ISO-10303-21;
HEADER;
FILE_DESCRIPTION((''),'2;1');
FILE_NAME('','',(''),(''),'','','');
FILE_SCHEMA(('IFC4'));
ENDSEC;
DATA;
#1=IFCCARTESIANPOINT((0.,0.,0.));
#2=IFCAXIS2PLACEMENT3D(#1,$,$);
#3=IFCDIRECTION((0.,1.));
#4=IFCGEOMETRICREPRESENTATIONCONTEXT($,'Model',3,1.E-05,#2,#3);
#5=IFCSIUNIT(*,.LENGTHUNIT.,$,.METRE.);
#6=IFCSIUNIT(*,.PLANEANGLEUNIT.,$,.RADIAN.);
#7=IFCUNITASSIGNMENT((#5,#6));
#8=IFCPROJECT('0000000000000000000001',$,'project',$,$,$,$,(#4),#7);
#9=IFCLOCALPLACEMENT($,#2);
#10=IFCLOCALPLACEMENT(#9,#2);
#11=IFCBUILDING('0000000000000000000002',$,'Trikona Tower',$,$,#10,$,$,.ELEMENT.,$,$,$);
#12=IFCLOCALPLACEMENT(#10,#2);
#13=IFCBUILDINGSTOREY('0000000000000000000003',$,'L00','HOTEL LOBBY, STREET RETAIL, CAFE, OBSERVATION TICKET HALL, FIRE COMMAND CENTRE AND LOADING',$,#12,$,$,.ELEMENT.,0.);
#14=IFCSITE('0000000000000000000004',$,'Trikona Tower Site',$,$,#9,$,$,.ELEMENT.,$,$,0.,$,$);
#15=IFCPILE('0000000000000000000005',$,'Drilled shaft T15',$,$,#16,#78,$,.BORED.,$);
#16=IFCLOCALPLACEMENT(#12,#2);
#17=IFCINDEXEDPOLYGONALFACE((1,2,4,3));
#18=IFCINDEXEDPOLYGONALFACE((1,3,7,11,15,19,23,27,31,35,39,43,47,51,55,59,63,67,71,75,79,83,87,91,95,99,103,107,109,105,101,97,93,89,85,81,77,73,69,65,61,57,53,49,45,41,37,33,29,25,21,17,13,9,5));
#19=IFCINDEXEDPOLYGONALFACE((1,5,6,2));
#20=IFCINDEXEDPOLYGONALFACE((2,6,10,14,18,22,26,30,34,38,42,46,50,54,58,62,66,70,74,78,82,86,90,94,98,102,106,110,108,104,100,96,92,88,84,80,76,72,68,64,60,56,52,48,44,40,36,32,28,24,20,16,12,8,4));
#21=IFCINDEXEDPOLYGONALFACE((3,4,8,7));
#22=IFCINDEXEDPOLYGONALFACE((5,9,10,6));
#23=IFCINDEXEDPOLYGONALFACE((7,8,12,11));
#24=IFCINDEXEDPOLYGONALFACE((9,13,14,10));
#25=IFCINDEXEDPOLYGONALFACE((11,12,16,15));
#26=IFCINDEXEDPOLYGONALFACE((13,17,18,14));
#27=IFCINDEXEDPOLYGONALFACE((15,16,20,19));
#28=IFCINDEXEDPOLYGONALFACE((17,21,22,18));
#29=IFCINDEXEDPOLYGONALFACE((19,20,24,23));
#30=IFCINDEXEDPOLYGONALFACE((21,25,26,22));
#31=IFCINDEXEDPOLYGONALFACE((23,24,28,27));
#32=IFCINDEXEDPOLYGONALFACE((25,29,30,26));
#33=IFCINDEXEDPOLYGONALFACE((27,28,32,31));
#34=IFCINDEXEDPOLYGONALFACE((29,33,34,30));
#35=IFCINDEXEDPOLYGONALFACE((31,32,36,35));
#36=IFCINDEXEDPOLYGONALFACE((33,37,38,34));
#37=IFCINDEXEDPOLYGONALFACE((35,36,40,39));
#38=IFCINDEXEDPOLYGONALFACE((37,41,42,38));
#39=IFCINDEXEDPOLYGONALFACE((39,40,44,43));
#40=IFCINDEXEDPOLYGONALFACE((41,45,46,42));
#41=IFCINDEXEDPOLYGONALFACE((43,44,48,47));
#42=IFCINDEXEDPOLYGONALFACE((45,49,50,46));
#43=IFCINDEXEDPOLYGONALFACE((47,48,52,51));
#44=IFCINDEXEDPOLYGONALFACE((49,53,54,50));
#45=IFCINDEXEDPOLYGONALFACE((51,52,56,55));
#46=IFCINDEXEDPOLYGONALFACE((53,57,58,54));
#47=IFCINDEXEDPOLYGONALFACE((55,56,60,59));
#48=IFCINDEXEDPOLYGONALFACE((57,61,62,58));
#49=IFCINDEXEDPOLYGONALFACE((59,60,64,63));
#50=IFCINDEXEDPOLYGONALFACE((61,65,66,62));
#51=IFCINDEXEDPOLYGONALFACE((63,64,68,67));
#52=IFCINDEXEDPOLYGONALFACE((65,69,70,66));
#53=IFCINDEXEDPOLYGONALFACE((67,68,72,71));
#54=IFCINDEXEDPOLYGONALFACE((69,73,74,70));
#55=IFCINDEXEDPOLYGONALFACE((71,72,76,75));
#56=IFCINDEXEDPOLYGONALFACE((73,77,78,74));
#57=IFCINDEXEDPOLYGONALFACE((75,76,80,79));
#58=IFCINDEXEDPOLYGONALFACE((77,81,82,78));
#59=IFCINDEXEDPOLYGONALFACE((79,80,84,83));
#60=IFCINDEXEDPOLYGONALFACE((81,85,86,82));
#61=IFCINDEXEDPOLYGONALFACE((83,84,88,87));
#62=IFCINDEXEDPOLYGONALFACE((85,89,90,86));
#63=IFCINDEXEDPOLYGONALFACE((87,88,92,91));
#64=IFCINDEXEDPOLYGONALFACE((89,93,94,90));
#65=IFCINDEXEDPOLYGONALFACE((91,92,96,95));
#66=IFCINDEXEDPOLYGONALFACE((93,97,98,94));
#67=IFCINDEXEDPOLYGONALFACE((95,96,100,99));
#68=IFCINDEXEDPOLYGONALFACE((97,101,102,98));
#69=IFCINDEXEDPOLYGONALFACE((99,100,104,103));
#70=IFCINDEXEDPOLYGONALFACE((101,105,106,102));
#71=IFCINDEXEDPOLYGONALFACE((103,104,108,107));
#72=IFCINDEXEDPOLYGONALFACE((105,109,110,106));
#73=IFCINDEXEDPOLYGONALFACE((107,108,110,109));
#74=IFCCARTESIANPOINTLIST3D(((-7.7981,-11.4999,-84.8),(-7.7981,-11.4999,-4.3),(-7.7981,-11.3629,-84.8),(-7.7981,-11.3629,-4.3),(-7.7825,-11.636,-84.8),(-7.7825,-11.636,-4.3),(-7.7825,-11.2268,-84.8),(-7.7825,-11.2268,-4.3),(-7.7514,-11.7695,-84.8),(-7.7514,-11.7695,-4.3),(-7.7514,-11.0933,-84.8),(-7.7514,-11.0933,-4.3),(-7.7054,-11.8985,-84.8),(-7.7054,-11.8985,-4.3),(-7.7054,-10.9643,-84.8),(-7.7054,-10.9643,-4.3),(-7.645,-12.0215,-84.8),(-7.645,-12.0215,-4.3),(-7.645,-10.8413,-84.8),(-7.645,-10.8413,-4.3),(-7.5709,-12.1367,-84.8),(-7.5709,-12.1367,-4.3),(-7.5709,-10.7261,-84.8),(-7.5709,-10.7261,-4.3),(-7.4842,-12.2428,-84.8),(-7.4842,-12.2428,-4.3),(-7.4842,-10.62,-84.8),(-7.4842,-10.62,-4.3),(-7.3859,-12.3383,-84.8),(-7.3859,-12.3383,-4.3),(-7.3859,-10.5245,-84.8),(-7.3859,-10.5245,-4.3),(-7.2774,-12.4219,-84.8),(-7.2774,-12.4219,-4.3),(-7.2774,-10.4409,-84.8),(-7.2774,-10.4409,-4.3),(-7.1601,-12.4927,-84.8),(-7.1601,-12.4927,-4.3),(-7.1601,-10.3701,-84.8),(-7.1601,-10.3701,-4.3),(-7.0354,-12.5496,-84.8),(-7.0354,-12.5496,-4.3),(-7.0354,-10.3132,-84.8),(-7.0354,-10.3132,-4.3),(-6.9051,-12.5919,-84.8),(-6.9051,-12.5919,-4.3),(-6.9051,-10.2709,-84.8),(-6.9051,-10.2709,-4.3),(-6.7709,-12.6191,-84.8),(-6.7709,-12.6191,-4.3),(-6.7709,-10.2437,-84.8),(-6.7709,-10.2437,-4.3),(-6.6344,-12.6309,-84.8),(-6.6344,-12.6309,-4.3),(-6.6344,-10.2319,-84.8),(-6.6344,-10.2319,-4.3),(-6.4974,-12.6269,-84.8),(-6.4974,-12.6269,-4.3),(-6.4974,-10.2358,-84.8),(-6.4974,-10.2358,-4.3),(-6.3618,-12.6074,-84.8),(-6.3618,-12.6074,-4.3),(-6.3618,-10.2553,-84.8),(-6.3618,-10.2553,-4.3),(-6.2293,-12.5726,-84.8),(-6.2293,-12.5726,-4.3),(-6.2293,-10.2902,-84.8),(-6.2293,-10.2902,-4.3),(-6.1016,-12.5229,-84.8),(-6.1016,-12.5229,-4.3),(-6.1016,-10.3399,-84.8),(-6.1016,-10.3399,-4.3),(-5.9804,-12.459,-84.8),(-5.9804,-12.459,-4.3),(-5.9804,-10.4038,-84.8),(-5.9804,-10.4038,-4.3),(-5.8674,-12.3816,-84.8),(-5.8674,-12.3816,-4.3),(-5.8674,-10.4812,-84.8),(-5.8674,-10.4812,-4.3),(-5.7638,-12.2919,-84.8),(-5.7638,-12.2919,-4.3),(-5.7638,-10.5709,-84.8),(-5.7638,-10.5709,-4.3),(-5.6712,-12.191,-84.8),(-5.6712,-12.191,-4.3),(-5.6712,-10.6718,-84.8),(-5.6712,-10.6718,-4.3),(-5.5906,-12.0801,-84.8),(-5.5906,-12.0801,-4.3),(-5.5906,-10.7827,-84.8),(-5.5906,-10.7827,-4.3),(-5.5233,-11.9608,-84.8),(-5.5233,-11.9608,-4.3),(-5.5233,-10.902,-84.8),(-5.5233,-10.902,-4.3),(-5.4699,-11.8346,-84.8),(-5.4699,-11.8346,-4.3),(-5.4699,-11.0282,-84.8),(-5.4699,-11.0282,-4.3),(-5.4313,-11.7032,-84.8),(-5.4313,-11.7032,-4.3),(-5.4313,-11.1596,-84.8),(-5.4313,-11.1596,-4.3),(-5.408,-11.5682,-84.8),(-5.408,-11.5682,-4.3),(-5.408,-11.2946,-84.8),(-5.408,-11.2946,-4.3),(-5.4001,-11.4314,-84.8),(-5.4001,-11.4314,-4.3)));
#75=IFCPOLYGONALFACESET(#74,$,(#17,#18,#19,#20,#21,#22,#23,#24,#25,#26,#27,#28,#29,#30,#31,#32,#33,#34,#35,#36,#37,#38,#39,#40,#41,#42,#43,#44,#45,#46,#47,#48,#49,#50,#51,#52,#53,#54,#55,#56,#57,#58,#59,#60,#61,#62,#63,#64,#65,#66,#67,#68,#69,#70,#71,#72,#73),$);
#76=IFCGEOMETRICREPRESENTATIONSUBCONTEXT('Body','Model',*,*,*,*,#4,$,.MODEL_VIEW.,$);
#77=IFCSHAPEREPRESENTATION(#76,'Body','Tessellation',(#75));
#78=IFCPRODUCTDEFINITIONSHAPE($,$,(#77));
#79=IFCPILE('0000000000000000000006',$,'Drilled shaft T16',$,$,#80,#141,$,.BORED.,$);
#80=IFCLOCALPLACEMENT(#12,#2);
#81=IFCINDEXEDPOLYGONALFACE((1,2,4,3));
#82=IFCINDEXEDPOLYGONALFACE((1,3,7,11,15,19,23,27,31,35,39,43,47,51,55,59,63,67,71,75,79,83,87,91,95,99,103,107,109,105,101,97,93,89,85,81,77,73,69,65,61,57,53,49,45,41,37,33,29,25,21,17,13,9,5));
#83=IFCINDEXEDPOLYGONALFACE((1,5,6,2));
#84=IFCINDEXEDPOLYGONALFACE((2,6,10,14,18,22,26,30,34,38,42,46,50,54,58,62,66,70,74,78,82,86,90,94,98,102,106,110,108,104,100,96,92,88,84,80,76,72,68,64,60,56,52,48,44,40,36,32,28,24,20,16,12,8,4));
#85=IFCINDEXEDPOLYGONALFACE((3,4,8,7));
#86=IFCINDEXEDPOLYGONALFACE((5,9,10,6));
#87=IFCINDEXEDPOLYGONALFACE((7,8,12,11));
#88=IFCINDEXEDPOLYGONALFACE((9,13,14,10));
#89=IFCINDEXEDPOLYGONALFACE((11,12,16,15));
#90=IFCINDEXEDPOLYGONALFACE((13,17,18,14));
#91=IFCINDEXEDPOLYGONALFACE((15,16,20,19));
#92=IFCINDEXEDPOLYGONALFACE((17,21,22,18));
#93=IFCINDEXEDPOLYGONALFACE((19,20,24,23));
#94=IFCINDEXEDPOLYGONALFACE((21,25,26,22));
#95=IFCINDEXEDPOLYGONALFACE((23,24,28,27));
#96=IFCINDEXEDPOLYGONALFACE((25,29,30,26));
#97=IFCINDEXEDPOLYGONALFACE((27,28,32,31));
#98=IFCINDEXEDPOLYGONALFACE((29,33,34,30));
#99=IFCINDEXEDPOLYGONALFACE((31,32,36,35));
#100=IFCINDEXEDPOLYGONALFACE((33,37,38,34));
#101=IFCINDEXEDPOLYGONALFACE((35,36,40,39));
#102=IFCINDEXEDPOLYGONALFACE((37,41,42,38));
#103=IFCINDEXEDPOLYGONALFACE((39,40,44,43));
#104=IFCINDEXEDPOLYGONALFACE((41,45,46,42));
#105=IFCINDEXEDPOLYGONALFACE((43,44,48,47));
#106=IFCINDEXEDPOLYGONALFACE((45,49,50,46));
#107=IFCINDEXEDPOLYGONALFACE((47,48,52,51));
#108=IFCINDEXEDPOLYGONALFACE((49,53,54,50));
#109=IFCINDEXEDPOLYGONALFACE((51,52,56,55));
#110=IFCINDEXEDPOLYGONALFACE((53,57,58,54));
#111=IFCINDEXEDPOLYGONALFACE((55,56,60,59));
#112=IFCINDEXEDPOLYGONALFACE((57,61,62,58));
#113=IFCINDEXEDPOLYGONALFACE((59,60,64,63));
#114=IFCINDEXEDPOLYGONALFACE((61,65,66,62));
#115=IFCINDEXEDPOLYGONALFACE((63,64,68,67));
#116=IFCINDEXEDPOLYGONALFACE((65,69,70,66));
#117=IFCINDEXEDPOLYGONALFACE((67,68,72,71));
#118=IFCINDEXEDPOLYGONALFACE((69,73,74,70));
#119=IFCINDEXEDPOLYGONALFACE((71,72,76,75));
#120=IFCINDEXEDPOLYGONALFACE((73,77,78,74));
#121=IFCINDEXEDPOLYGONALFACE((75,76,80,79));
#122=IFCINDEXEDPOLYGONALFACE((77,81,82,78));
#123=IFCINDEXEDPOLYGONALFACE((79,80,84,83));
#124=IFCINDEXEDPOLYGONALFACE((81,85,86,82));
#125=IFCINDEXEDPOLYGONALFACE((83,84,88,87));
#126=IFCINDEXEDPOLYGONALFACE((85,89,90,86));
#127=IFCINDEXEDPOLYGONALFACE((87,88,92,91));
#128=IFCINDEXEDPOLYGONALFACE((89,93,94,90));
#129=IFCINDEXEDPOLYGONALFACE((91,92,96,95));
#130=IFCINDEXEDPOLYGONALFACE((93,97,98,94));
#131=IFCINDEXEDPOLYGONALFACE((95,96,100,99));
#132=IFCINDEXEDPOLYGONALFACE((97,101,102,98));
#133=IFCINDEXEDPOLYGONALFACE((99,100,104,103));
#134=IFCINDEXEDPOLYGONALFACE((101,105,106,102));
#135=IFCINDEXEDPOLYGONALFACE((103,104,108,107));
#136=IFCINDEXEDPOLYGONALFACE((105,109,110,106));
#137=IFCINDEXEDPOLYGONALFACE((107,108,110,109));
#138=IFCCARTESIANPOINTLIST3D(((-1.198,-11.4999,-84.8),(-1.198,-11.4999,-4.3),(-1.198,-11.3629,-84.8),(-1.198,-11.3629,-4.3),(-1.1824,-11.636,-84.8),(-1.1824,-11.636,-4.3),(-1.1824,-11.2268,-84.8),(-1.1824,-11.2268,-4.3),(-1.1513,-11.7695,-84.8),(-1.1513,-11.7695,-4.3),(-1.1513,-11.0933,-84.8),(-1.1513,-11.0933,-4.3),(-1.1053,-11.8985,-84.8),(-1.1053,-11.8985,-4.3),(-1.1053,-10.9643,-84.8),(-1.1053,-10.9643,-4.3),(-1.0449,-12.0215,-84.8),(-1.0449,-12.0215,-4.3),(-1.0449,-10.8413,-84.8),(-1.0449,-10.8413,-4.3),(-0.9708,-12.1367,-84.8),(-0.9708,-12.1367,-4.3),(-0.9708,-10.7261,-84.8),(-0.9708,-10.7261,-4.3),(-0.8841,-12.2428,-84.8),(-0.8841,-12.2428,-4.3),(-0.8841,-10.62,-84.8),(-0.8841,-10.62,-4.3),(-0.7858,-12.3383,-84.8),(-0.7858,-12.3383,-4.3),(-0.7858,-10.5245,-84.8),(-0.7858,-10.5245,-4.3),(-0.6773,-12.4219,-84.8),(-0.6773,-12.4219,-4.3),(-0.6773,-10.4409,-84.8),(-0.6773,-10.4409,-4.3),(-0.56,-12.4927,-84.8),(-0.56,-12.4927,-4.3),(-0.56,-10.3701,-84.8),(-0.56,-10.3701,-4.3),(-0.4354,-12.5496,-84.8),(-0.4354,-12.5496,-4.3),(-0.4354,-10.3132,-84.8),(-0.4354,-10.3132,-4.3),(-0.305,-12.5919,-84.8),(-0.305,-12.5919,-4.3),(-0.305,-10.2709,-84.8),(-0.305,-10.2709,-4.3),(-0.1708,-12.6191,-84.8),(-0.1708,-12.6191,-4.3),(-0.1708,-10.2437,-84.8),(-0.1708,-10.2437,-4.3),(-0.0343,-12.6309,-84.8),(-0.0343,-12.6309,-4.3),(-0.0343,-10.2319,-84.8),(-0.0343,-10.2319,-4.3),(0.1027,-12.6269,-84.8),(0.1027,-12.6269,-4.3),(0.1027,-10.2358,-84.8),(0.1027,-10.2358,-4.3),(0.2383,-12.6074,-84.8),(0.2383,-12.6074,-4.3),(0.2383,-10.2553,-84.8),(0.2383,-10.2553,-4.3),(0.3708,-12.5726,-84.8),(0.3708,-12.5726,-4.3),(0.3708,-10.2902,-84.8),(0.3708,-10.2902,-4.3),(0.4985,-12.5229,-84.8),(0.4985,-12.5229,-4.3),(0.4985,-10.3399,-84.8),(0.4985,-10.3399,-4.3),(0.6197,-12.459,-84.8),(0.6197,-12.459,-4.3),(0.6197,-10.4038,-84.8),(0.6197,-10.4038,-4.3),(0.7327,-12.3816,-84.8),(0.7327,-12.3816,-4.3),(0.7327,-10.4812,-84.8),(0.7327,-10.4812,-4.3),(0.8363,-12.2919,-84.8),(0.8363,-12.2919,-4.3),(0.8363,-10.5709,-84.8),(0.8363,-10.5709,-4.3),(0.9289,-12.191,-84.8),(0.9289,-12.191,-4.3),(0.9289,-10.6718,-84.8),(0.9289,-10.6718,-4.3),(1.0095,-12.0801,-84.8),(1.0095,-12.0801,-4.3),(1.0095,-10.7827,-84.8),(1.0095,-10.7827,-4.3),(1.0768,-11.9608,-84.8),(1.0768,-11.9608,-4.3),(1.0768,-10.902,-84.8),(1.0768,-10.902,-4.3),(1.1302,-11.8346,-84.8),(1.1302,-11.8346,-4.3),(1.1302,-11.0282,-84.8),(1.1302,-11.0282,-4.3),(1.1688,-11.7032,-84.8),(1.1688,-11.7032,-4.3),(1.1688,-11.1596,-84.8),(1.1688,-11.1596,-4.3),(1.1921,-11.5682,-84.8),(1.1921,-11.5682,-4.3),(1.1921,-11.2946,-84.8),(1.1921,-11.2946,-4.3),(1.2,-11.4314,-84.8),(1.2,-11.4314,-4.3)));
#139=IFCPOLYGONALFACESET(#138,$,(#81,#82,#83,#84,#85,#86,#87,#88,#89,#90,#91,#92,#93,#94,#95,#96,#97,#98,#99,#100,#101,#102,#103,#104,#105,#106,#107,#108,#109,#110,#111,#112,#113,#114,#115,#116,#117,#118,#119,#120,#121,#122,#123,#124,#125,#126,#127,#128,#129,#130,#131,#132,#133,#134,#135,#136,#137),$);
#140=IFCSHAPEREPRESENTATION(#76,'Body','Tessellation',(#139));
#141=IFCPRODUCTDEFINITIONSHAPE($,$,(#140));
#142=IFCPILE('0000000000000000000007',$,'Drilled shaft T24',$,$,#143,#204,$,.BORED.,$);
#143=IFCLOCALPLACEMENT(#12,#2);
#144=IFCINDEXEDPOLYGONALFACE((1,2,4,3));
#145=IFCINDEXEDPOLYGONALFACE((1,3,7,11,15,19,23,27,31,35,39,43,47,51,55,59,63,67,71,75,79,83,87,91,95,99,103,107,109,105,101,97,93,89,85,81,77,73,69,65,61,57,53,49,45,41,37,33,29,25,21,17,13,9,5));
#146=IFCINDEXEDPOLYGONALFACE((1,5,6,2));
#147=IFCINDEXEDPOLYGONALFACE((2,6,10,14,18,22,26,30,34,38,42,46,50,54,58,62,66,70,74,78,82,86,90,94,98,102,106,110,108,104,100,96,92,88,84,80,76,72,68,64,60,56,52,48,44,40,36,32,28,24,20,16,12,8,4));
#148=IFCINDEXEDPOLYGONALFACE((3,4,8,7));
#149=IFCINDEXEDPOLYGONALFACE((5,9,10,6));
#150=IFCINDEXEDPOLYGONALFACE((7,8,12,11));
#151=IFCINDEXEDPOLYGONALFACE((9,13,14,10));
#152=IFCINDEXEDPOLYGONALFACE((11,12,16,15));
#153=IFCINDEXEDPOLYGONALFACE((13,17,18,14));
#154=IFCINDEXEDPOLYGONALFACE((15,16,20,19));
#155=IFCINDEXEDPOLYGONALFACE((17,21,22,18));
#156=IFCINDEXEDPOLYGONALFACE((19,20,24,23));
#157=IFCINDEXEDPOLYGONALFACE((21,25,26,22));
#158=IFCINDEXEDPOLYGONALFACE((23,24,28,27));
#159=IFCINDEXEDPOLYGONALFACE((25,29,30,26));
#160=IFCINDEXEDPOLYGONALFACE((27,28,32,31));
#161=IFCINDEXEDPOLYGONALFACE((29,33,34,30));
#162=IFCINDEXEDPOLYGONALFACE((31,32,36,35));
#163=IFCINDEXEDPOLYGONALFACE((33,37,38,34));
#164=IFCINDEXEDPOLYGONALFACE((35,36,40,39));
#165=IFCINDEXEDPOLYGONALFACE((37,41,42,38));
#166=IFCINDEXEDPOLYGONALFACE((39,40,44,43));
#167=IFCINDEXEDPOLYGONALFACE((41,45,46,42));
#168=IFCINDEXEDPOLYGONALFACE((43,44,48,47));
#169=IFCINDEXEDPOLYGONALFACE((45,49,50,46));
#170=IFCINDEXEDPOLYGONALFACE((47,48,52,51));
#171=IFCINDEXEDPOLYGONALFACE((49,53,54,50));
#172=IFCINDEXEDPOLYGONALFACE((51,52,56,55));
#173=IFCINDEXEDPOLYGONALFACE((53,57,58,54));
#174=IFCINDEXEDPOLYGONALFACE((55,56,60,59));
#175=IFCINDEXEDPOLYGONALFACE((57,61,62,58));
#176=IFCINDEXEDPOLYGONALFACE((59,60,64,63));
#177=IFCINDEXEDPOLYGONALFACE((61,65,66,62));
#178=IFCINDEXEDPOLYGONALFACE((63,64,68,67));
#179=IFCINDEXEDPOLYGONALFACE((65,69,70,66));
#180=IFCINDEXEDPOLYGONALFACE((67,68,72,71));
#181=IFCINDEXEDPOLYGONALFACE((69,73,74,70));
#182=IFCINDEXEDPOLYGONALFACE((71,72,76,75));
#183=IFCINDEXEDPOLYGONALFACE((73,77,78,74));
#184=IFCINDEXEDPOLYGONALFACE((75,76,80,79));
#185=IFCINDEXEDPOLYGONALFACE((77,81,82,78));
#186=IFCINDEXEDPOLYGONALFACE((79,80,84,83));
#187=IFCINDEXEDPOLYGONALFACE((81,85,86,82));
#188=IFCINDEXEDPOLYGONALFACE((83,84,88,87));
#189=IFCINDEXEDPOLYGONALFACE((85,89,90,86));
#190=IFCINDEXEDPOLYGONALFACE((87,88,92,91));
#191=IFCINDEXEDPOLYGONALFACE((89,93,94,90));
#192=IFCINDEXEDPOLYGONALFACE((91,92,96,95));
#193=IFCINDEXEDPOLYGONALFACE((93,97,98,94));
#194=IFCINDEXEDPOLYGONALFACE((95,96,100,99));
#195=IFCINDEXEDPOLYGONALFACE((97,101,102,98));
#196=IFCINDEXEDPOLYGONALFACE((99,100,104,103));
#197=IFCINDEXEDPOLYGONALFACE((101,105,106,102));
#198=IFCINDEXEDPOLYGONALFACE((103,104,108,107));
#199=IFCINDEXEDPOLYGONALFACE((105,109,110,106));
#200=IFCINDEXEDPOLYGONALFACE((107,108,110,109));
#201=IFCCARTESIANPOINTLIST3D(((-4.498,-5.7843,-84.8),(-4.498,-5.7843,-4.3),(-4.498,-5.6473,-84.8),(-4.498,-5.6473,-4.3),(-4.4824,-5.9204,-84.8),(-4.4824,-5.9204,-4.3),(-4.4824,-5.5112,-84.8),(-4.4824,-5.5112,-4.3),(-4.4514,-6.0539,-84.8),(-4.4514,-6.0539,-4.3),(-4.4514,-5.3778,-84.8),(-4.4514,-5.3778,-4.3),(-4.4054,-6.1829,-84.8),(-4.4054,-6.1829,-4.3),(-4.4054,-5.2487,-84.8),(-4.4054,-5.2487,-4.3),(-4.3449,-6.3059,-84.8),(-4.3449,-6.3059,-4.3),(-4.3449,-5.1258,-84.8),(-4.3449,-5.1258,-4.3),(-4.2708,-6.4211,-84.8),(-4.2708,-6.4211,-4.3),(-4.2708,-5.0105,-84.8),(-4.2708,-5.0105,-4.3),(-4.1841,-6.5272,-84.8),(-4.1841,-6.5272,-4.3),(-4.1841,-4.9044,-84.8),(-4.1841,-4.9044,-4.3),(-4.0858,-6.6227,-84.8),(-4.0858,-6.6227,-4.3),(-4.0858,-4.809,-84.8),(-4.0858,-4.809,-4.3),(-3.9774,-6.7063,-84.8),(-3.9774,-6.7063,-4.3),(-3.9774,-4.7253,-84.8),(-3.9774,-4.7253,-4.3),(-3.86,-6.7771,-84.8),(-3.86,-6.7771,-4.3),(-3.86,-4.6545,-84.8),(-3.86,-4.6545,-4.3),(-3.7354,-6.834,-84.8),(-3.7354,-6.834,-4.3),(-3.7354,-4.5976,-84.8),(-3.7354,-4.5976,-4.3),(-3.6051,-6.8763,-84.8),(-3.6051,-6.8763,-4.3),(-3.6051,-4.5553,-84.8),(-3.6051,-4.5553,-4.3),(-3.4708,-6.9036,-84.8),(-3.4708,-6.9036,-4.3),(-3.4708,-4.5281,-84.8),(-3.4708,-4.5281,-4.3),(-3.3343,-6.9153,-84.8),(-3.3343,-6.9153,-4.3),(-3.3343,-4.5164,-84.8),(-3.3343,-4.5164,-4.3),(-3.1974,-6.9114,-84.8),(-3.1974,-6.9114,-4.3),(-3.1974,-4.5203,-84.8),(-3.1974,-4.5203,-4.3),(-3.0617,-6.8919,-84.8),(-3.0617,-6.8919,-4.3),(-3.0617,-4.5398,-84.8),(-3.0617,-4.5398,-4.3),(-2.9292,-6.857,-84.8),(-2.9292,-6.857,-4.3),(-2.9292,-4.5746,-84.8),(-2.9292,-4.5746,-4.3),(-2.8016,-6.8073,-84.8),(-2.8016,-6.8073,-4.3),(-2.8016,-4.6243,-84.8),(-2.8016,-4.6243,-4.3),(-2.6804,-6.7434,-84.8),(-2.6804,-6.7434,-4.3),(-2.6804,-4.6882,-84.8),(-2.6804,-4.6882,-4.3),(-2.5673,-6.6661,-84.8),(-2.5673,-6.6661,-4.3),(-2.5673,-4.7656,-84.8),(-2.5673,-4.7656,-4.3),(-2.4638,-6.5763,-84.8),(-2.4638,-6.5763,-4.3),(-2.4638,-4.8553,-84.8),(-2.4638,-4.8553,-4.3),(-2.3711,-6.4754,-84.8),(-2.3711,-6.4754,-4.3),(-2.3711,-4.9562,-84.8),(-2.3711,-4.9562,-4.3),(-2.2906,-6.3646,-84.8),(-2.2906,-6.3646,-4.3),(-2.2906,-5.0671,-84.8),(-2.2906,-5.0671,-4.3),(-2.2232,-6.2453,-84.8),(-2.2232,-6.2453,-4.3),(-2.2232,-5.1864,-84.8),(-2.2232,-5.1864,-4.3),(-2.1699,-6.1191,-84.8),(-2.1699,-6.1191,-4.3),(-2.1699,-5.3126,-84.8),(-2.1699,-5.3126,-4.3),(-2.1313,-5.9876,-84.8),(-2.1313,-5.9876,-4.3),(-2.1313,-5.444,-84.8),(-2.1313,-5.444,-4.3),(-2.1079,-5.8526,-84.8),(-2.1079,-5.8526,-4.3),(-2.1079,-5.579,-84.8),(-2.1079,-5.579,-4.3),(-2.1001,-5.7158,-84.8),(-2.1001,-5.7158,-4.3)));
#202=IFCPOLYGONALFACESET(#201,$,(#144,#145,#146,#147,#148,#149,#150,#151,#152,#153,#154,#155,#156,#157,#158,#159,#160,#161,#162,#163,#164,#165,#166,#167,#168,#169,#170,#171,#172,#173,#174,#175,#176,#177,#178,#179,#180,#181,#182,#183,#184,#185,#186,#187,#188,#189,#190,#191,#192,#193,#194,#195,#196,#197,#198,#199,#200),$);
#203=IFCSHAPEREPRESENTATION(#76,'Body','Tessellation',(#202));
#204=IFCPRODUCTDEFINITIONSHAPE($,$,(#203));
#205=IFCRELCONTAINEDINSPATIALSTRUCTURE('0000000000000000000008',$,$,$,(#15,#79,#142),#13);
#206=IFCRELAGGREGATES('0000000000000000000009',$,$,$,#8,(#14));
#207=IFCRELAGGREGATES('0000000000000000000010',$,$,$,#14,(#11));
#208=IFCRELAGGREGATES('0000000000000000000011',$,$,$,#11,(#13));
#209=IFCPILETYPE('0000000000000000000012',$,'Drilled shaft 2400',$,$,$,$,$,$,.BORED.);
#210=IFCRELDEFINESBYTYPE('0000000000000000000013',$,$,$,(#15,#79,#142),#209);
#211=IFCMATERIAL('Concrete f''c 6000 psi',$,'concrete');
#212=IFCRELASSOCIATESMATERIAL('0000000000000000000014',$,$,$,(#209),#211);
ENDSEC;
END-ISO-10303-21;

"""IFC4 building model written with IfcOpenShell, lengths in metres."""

from ifc_helpers import new_model, si_unit, direction, frame, origin, origin_2d, place, context, subcontext, project, spatial, circle, extrude, material, type_object, element, save


model = new_model("IFC4")

# Units and contexts
model_context = context("Model", 3, precision=1e-05, world=origin(), true_north=direction((0.0, 1.0)))
body_context = subcontext(model_context, "Body", "Model", "MODEL_VIEW")
ifc_project = project(units=[si_unit("LENGTHUNIT", "METRE"), si_unit("PLANEANGLEUNIT", "RADIAN")], contexts=[model_context])

# Site, building, storey
site_placement = place(None, origin())
site = spatial("IfcSite", under=ifc_project, at=site_placement, Name="Trikona Tower Site", CompositionType="ELEMENT", RefElevation=0.0)
building_placement = place(site_placement, origin())
building = spatial("IfcBuilding", under=site, at=building_placement, Name="Trikona Tower", CompositionType="ELEMENT")
storey_placement = place(building_placement, origin())
storey = spatial("IfcBuildingStorey", under=building, at=storey_placement, Name="L00", Description="HOTEL LOBBY, STREET RETAIL, CAFE, OBSERVATION TICKET HALL, FIRE COMMAND CENTRE AND LOADING", CompositionType="ELEMENT", Elevation=0.0)

# Piles
ifc_material_1 = material(Name="Concrete f'c 6000 psi", Category="concrete")
pile_type = type_object("IfcPileType", Name="Drilled shaft 2400", PredefinedType="BORED", material=ifc_material_1)
for number, where, z_axis, x_axis, name in (
    (1, (-6.6001, -11.4314, -4.3), (0.0, 0.0, -1.0), (1.0, 0.0, 0.0), "Drilled shaft T15"),
    (2, (0.0, -11.4314, -4.3), (0.0, 0.0, -1.0), (1.0, 0.0, 0.0), "Drilled shaft T16"),
    (3, (-3.3, -5.7158, -4.3), (0.0, 0.0, -1.0), (1.0, 0.0, 0.0), "Drilled shaft T24"),
):
    element("IfcPile", number, at=place(storey_placement, frame(where, z_axis=z_axis, x_axis=x_axis)), inside=storey, type_object=pile_type, Name=name, PredefinedType="BORED", context=body_context, shape_type="SweptSolid", body=[
        extrude(circle(Radius=1.2, at=origin_2d()), origin(), (0.0, 0.0, 1.0), 80.5),
    ])

save(model, "model.ifc")
